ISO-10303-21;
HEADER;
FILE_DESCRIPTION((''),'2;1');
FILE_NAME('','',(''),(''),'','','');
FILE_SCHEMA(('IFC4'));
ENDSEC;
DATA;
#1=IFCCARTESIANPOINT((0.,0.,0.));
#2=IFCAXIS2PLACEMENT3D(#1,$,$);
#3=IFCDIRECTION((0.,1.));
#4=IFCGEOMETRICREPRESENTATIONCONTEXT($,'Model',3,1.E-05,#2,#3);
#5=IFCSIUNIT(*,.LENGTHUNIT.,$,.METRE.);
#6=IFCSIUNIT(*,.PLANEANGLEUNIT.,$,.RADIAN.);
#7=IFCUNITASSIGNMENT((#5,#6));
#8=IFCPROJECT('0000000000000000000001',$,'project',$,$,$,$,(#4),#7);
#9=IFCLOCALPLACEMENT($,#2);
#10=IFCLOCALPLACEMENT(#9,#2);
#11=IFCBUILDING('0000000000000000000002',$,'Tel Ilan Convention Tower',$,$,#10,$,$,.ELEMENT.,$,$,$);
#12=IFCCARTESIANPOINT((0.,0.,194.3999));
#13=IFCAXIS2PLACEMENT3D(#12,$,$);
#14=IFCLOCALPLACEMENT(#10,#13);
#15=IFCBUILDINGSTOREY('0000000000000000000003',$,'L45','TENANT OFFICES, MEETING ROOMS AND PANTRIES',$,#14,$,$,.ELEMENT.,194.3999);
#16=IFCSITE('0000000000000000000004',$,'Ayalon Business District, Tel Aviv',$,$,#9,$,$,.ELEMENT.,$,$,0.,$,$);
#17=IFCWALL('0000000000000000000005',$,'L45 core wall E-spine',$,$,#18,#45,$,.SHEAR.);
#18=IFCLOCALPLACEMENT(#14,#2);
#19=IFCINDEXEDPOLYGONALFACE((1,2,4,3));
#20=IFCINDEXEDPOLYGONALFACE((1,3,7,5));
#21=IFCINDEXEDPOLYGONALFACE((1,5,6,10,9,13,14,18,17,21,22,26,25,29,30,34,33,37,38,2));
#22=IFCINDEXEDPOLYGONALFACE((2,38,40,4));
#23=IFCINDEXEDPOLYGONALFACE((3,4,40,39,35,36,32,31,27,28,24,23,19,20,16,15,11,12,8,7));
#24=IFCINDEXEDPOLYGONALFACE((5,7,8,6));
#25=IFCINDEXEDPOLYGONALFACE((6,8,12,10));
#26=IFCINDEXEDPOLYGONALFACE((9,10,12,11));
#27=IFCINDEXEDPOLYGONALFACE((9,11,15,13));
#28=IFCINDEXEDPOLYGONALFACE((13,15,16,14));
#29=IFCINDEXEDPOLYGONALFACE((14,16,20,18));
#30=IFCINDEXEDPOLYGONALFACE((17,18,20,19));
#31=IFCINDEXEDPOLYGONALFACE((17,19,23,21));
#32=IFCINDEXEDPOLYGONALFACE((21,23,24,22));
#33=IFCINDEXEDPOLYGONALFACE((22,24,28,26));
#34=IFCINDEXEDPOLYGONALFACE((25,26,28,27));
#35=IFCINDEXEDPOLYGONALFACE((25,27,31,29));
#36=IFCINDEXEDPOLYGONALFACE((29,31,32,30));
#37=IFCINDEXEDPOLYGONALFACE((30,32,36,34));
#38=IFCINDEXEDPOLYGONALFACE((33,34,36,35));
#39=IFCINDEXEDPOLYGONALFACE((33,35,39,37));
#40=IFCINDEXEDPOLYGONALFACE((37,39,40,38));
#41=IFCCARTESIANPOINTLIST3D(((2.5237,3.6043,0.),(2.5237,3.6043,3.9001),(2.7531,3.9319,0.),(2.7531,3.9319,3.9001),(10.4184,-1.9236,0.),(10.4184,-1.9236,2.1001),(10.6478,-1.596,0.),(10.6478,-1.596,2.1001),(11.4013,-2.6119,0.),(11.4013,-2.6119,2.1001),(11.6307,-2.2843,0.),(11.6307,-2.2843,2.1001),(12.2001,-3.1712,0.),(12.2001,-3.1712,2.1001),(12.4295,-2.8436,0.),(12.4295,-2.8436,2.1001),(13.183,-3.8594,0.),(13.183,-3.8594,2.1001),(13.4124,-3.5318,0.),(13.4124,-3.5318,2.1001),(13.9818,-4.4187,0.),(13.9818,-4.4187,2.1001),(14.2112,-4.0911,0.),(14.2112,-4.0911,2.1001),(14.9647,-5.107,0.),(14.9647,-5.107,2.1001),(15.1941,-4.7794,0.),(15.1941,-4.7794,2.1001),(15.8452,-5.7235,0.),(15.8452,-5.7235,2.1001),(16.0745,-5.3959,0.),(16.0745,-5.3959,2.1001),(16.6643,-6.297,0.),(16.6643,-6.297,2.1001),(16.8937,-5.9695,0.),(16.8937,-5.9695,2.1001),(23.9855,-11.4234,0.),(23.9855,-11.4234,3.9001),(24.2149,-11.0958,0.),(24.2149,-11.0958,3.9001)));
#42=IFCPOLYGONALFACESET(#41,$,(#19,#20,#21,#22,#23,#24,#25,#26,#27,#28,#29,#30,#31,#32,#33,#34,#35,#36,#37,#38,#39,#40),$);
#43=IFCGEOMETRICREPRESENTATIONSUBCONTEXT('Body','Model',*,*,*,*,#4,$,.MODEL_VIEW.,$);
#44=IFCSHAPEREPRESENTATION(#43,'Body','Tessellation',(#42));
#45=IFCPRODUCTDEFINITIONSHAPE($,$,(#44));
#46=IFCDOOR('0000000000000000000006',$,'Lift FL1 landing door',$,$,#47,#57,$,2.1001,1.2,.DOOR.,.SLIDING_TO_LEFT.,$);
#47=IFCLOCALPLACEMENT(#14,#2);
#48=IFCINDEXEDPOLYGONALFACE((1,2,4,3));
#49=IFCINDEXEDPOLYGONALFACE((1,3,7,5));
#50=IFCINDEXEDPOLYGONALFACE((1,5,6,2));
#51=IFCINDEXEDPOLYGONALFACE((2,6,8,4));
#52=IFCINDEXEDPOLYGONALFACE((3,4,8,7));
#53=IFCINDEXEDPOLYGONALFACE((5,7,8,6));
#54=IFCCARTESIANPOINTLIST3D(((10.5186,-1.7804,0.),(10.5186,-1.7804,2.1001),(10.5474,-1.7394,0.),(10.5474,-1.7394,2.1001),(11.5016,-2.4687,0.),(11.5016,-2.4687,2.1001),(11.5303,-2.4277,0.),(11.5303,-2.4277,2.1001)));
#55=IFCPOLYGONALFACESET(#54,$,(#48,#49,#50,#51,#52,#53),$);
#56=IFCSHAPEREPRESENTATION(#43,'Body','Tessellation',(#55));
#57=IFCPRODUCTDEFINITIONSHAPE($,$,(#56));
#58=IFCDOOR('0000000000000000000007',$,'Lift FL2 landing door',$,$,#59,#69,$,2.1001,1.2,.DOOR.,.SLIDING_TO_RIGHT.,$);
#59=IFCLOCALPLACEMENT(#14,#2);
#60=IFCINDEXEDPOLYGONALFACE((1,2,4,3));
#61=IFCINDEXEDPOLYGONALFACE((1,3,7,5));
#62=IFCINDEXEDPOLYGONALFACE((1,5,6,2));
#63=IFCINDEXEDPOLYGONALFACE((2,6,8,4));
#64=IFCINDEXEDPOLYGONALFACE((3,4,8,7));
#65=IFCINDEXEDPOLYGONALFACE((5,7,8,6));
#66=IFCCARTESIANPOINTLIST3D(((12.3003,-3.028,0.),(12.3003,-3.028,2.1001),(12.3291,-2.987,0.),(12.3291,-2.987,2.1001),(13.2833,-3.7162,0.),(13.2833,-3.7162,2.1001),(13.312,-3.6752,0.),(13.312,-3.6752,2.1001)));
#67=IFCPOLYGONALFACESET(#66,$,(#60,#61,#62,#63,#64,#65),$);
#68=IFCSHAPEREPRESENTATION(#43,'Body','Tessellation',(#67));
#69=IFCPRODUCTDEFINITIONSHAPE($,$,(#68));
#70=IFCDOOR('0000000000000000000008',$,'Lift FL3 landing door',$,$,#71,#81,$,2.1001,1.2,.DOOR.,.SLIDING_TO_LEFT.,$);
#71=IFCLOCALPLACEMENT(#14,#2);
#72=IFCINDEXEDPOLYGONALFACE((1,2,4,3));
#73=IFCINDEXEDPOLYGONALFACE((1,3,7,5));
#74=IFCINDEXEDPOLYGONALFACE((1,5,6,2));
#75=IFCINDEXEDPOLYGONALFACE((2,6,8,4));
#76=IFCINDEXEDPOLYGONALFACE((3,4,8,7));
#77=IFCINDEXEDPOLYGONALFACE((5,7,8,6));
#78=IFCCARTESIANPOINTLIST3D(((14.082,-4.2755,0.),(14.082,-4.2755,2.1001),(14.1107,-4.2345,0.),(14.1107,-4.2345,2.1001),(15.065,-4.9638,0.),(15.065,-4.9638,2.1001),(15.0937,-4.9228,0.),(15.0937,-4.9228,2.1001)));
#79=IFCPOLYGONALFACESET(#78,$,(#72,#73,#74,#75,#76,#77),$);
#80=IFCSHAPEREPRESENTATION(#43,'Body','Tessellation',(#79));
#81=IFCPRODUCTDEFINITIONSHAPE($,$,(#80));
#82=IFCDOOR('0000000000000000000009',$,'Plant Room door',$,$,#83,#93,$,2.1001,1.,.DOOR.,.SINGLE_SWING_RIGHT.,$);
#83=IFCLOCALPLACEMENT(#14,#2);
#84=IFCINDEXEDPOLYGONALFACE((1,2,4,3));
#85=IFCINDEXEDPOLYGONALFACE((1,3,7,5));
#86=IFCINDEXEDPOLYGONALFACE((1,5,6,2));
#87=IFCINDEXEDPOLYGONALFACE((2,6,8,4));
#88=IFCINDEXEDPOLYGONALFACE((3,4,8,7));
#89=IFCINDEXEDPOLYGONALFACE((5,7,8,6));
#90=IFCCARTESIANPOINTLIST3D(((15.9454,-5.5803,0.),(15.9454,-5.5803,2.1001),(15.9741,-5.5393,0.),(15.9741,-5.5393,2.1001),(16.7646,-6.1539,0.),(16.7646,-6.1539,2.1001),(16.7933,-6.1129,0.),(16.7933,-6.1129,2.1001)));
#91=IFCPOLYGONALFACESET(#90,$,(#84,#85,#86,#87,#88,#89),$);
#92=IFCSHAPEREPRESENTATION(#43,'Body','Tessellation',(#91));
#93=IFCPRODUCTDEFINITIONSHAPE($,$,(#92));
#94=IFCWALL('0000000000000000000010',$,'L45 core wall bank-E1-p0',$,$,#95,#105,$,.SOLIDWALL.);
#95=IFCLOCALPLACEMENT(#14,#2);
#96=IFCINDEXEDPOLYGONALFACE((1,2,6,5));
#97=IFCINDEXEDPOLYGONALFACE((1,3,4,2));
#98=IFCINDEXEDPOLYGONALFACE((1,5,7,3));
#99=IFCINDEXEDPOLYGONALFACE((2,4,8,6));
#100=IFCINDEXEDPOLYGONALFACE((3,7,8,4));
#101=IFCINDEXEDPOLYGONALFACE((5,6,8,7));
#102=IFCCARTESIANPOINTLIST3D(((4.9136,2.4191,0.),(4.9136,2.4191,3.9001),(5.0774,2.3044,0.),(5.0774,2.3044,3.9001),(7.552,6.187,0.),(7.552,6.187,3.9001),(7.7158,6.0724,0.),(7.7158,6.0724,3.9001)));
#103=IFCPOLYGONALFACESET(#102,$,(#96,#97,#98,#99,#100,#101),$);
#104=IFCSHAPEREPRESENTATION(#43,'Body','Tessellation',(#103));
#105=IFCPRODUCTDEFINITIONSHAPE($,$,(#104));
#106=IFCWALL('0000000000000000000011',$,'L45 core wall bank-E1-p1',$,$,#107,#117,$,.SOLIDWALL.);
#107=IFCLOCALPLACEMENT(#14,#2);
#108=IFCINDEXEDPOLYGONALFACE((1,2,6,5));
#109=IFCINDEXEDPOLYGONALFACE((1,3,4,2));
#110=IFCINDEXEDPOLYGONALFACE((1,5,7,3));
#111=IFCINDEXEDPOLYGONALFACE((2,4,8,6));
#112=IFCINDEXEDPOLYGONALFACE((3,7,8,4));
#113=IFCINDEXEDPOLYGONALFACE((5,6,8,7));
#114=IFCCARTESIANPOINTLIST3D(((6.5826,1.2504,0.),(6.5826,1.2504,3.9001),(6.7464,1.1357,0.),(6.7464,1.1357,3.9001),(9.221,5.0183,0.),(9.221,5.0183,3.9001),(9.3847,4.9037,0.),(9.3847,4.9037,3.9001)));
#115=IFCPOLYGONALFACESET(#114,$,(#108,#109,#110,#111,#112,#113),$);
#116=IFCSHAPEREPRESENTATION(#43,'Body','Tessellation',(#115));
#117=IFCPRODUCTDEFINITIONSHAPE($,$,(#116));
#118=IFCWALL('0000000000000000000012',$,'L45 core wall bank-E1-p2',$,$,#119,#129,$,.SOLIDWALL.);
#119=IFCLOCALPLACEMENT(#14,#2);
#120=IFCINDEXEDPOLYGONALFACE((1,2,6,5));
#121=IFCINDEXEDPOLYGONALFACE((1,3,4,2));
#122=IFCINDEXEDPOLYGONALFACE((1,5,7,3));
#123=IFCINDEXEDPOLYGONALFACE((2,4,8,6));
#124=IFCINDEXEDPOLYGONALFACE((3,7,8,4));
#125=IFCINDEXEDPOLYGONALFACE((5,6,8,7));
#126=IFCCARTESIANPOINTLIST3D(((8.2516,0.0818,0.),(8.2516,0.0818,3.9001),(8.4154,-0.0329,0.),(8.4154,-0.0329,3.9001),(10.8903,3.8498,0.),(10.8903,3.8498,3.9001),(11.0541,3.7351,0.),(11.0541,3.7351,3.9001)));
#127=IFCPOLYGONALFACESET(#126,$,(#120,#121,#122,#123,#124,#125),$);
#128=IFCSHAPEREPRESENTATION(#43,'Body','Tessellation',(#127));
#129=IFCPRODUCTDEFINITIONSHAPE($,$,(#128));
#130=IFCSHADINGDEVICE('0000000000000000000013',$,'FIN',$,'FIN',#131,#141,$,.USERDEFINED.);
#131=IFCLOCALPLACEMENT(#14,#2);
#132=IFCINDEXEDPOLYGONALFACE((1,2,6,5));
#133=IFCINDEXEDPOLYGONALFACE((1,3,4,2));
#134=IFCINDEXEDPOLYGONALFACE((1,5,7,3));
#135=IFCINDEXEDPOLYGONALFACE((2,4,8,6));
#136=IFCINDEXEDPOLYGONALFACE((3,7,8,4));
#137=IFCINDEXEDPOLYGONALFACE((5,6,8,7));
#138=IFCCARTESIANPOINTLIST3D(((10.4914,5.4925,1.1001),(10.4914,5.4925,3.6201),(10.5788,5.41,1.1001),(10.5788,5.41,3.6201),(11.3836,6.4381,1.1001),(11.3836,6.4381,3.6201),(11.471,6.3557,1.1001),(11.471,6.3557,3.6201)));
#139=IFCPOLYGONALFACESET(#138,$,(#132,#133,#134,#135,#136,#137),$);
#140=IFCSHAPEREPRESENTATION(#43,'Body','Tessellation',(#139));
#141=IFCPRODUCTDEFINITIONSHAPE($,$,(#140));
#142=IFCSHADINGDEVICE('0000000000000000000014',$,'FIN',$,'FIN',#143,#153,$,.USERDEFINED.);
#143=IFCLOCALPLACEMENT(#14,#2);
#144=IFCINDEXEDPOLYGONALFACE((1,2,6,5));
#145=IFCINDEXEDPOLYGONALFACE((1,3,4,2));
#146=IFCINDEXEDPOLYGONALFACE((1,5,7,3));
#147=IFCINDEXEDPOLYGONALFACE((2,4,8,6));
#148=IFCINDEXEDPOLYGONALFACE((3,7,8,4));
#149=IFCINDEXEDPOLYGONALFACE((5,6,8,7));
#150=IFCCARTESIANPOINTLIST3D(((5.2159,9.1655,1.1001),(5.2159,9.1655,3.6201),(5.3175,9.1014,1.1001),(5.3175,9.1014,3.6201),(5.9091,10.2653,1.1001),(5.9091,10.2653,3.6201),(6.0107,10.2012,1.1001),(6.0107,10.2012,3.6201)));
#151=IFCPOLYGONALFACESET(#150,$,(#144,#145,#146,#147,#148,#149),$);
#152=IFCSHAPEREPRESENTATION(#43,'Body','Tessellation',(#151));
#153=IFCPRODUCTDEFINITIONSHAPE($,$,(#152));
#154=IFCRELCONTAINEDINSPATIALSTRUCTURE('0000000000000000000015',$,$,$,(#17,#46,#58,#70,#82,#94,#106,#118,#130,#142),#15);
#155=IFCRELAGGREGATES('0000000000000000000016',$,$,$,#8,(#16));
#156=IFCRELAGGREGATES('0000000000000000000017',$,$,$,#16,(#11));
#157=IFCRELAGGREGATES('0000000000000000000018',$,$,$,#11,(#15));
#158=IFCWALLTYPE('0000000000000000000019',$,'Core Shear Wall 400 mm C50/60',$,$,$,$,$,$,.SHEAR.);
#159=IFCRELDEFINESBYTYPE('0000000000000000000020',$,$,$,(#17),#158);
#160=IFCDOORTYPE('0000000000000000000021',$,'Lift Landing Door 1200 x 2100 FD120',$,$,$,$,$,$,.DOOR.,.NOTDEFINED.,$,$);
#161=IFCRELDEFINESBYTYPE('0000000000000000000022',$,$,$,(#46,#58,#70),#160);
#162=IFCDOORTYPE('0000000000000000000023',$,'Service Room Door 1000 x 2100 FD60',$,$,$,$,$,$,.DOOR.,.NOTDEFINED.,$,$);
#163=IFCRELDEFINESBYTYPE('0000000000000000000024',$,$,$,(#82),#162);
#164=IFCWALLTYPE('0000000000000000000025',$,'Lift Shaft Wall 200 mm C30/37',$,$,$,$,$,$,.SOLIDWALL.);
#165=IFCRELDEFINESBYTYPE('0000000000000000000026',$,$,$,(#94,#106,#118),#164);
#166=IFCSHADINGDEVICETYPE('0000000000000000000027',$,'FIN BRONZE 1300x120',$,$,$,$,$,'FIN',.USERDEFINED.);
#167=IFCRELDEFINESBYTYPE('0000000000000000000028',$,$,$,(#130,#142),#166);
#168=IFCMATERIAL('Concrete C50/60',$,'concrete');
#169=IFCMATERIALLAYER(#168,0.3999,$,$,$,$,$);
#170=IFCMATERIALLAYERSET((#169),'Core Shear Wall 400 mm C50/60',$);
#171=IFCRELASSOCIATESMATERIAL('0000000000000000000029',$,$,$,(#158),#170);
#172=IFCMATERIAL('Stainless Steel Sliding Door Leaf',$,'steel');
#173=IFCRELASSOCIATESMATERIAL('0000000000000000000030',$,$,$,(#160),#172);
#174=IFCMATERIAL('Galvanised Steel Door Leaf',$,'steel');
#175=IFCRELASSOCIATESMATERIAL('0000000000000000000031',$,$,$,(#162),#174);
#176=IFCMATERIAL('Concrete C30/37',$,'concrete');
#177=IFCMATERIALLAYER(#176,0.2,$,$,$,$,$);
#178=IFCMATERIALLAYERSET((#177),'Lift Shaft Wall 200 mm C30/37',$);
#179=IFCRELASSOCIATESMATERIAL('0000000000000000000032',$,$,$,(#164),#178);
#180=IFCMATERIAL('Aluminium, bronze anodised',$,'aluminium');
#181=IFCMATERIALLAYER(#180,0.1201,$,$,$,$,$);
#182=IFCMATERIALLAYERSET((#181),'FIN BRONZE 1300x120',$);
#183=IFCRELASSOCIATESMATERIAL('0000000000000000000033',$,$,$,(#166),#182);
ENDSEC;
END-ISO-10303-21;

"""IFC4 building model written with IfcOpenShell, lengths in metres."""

from ifc_helpers import new_model, si_unit, direction, frame, frame_2d, origin, origin_2d, place, context, subcontext, project, spatial, polyline, rectangle, outline, extrude, material, layer, layer_set, type_object, element, fill, save


model = new_model("IFC4")

# Units and contexts
model_context = context("Model", 3, precision=1e-05, world=origin(), true_north=direction((0.0, 1.0)))
body_context = subcontext(model_context, "Body", "Model", "MODEL_VIEW")
ifc_project = project(units=[si_unit("LENGTHUNIT", "METRE"), si_unit("PLANEANGLEUNIT", "RADIAN")], contexts=[model_context])

# Site, building, storey
site_placement = place(None, origin())
site = spatial("IfcSite", under=ifc_project, at=site_placement, Name="Ayalon Business District, Tel Aviv", CompositionType="ELEMENT", RefElevation=0.0)
building_placement = place(site_placement, origin())
building = spatial("IfcBuilding", under=site, at=building_placement, Name="Tel Ilan Convention Tower", CompositionType="ELEMENT")
storey_placement = place(building_placement, frame((0.0, 0.0, 194.3999)))
storey = spatial("IfcBuildingStorey", under=building, at=storey_placement, Name="L45", Description="TENANT OFFICES, MEETING ROOMS AND PANTRIES", CompositionType="ELEMENT", Elevation=194.3999)

# Wall, openings, doors
ifc_material_1 = material(Name="Concrete C50/60", Category="concrete")
ifc_layer_1 = layer(ifc_material_1, 0.3999)
ifc_layer_set_1 = layer_set([ifc_layer_1], Name="Core Shear Wall 400 mm C50/60")
wall_type_1 = type_object("IfcWallType", Name="Core Shear Wall 400 mm C50/60", PredefinedType="SHEAR", material=ifc_layer_set_1)
wall_1_placement = place(storey_placement, frame((2.6384, 3.7681, 0.0), z_axis=(0.0, 0.0, 1.0), x_axis=(0.819153, -0.573576, 0.0)))
wall_1 = element("IfcWall", 1, at=wall_1_placement, inside=storey, type_object=wall_type_1, Name="L45 core wall E-spine", PredefinedType="SHEAR", context=body_context, shape_type="SweptSolid", body=[
    extrude(outline(polyline([(0.0, 0.2), (0.0, -0.2), (26.2, -0.2), (26.2, 0.2), (0.0, 0.2)])), origin(), (0.0, 0.0, 1.0), 3.9001),
])
opening_1_placement = place(wall_1_placement, frame((9.6375, 0.0, 0.0)))
opening_1 = element("IfcOpeningElement", 2, at=opening_1_placement, cuts=wall_1, PredefinedType="OPENING", context=body_context, shape_type="SweptSolid", body=[
    extrude(rectangle(XDim=1.2, YDim=2.1001, at=frame_2d((0.6001, 1.05))), frame((0.0, 0.21, 0.0), z_axis=(0.0, -1.0, 0.0), x_axis=(1.0, 0.0, 0.0)), (0.0, 0.0, 1.0), 0.4199),
])
opening_2_placement = place(wall_1_placement, frame((11.8125, 0.0, 0.0)))
opening_2 = element("IfcOpeningElement", 3, at=opening_2_placement, cuts=wall_1, PredefinedType="OPENING", context=body_context, shape_type="SweptSolid", body=[
    extrude(rectangle(XDim=1.2, YDim=2.1001, at=frame_2d((0.6001, 1.05))), frame((0.0, 0.21, 0.0), z_axis=(0.0, -1.0, 0.0), x_axis=(1.0, 0.0, 0.0)), (0.0, 0.0, 1.0), 0.4199),
])
opening_3_placement = place(wall_1_placement, frame((13.9875, 0.0, 0.0)))
opening_3 = element("IfcOpeningElement", 4, at=opening_3_placement, cuts=wall_1, PredefinedType="OPENING", context=body_context, shape_type="SweptSolid", body=[
    extrude(rectangle(XDim=1.2, YDim=2.1001, at=frame_2d((0.6001, 1.05))), frame((0.0, 0.21, 0.0), z_axis=(0.0, -1.0, 0.0), x_axis=(1.0, 0.0, 0.0)), (0.0, 0.0, 1.0), 0.4199),
])
opening_4_placement = place(wall_1_placement, frame((16.2625, 0.0, 0.0)))
opening_4 = element("IfcOpeningElement", 5, at=opening_4_placement, cuts=wall_1, PredefinedType="OPENING", context=body_context, shape_type="SweptSolid", body=[
    extrude(rectangle(XDim=1.0, YDim=2.1001, at=frame_2d((0.5, 1.05))), frame((0.0, 0.21, 0.0), z_axis=(0.0, -1.0, 0.0), x_axis=(1.0, 0.0, 0.0)), (0.0, 0.0, 1.0), 0.4199),
])
ifc_material_2 = material(Name="Stainless Steel Sliding Door Leaf", Category="steel")
door_type_1 = type_object("IfcDoorType", Name="Lift Landing Door 1200 x 2100 FD120", OperationType="NOTDEFINED", PredefinedType="DOOR", material=ifc_material_2)
door_1_placement = place(opening_1_placement, origin())
door_1 = element("IfcDoor", 6, at=door_1_placement, inside=storey, type_object=door_type_1, Name="Lift FL1 landing door", OperationType="SLIDING_TO_LEFT", OverallHeight=2.1001, OverallWidth=1.2, PredefinedType="DOOR", context=body_context, shape_type="SweptSolid", body=[
    extrude(rectangle(XDim=1.2, YDim=2.1001, at=frame_2d((0.6001, 1.05))), frame((0.0, 0.0249, 0.0), z_axis=(0.0, -1.0, 0.0), x_axis=(1.0, 0.0, 0.0)), (0.0, 0.0, 1.0), 0.05),
])
fill(opening_1, door_1)
door_2_placement = place(opening_2_placement, origin())
door_2 = element("IfcDoor", 7, at=door_2_placement, inside=storey, type_object=door_type_1, Name="Lift FL2 landing door", OperationType="SLIDING_TO_RIGHT", OverallHeight=2.1001, OverallWidth=1.2, PredefinedType="DOOR", context=body_context, shape_type="SweptSolid", body=[
    extrude(rectangle(XDim=1.2, YDim=2.1001, at=frame_2d((0.6001, 1.05))), frame((0.0, 0.0249, 0.0), z_axis=(0.0, -1.0, 0.0), x_axis=(1.0, 0.0, 0.0)), (0.0, 0.0, 1.0), 0.05),
])
fill(opening_2, door_2)
door_3_placement = place(opening_3_placement, origin())
door_3 = element("IfcDoor", 8, at=door_3_placement, inside=storey, type_object=door_type_1, Name="Lift FL3 landing door", OperationType="SLIDING_TO_LEFT", OverallHeight=2.1001, OverallWidth=1.2, PredefinedType="DOOR", context=body_context, shape_type="SweptSolid", body=[
    extrude(rectangle(XDim=1.2, YDim=2.1001, at=frame_2d((0.6001, 1.05))), frame((0.0, 0.0249, 0.0), z_axis=(0.0, -1.0, 0.0), x_axis=(1.0, 0.0, 0.0)), (0.0, 0.0, 1.0), 0.05),
])
fill(opening_3, door_3)
ifc_material_3 = material(Name="Galvanised Steel Door Leaf", Category="steel")
door_type_2 = type_object("IfcDoorType", Name="Service Room Door 1000 x 2100 FD60", OperationType="NOTDEFINED", PredefinedType="DOOR", material=ifc_material_3)
door_4_placement = place(opening_4_placement, origin())
door_4 = element("IfcDoor", 9, at=door_4_placement, inside=storey, type_object=door_type_2, Name="Plant Room door", OperationType="SINGLE_SWING_RIGHT", OverallHeight=2.1001, OverallWidth=1.0, PredefinedType="DOOR", context=body_context, shape_type="SweptSolid", body=[
    extrude(rectangle(XDim=1.0, YDim=2.1001, at=frame_2d((0.5, 1.05))), frame((0.0, 0.0249, 0.0), z_axis=(0.0, -1.0, 0.0), x_axis=(1.0, 0.0, 0.0)), (0.0, 0.0, 1.0), 0.05),
])
fill(opening_4, door_4)

# Walls
ifc_material_4 = material(Name="Concrete C30/37", Category="concrete")
ifc_layer_2 = layer(ifc_material_4, 0.2)
ifc_layer_set_2 = layer_set([ifc_layer_2], Name="Lift Shaft Wall 200 mm C30/37")
wall_type_2 = type_object("IfcWallType", Name="Lift Shaft Wall 200 mm C30/37", PredefinedType="SOLIDWALL", material=ifc_layer_set_2)
for number, where, z_axis, x_axis, name in (
    (10, (4.9956, 2.3618, 0.0), (0.0, 0.0, 1.0), (0.573576, 0.819152, 0.0), "L45 core wall bank-E1-p0"),
    (11, (6.6646, 1.1931, 0.0), (0.0, 0.0, 1.0), (0.573576, 0.819152, 0.0), "L45 core wall bank-E1-p1"),
):
    element("IfcWall", number, at=place(storey_placement, frame(where, z_axis=z_axis, x_axis=x_axis)), inside=storey, type_object=wall_type_2, Name=name, PredefinedType="SOLIDWALL", context=body_context, shape_type="SweptSolid", body=[
        extrude(rectangle(XDim=4.5999, YDim=0.2, at=frame_2d((2.2998, 0.0))), origin(), (0.0, 0.0, 1.0), 3.9001),
    ])
wall_2_placement = place(storey_placement, frame((8.3335, 0.0244, 0.0), z_axis=(0.0, 0.0, 1.0), x_axis=(0.573612, 0.819127, 0.0)))
element("IfcWall", 12, at=wall_2_placement, inside=storey, type_object=wall_type_2, Name="L45 core wall bank-E1-p2", PredefinedType="SOLIDWALL", context=body_context, shape_type="SweptSolid", body=[
    extrude(rectangle(XDim=4.6001, YDim=0.2, at=frame_2d((2.3, 0.0))), origin(), (0.0, 0.0, 1.0), 3.9001),
])

# Shading devices
ifc_material_5 = material(Name="Aluminium, bronze anodised", Category="aluminium")
ifc_layer_3 = layer(ifc_material_5, 0.1201)
ifc_layer_set_3 = layer_set([ifc_layer_3], Name="FIN BRONZE 1300x120")
shading_device_type_1 = type_object("IfcShadingDeviceType", Name="FIN BRONZE 1300x120", ElementType="FIN", PredefinedType="USERDEFINED", material=ifc_layer_set_3)
for number, where, z_axis, x_axis, name in (
    (13, (10.9812, 5.9241, 1.1001), (0.0, 0.0, 1.0), (0.686242, 0.727374, 0.0), "FIN"),
    (14, (5.6133, 9.6833, 1.1001), (0.0, 0.0, 1.0), (0.533204, 0.845986, 0.0), "FIN"),
):
    element("IfcShadingDevice", number, at=place(storey_placement, frame(where, z_axis=z_axis, x_axis=x_axis)), inside=storey, type_object=shading_device_type_1, Name=name, ObjectType="FIN", PredefinedType="USERDEFINED", context=body_context, shape_type="SweptSolid", body=[
        extrude(rectangle(XDim=1.3, YDim=0.1201, at=origin_2d()), origin(), (0.0, 0.0, 1.0), 2.52),
    ])

save(model, "model.ifc")
